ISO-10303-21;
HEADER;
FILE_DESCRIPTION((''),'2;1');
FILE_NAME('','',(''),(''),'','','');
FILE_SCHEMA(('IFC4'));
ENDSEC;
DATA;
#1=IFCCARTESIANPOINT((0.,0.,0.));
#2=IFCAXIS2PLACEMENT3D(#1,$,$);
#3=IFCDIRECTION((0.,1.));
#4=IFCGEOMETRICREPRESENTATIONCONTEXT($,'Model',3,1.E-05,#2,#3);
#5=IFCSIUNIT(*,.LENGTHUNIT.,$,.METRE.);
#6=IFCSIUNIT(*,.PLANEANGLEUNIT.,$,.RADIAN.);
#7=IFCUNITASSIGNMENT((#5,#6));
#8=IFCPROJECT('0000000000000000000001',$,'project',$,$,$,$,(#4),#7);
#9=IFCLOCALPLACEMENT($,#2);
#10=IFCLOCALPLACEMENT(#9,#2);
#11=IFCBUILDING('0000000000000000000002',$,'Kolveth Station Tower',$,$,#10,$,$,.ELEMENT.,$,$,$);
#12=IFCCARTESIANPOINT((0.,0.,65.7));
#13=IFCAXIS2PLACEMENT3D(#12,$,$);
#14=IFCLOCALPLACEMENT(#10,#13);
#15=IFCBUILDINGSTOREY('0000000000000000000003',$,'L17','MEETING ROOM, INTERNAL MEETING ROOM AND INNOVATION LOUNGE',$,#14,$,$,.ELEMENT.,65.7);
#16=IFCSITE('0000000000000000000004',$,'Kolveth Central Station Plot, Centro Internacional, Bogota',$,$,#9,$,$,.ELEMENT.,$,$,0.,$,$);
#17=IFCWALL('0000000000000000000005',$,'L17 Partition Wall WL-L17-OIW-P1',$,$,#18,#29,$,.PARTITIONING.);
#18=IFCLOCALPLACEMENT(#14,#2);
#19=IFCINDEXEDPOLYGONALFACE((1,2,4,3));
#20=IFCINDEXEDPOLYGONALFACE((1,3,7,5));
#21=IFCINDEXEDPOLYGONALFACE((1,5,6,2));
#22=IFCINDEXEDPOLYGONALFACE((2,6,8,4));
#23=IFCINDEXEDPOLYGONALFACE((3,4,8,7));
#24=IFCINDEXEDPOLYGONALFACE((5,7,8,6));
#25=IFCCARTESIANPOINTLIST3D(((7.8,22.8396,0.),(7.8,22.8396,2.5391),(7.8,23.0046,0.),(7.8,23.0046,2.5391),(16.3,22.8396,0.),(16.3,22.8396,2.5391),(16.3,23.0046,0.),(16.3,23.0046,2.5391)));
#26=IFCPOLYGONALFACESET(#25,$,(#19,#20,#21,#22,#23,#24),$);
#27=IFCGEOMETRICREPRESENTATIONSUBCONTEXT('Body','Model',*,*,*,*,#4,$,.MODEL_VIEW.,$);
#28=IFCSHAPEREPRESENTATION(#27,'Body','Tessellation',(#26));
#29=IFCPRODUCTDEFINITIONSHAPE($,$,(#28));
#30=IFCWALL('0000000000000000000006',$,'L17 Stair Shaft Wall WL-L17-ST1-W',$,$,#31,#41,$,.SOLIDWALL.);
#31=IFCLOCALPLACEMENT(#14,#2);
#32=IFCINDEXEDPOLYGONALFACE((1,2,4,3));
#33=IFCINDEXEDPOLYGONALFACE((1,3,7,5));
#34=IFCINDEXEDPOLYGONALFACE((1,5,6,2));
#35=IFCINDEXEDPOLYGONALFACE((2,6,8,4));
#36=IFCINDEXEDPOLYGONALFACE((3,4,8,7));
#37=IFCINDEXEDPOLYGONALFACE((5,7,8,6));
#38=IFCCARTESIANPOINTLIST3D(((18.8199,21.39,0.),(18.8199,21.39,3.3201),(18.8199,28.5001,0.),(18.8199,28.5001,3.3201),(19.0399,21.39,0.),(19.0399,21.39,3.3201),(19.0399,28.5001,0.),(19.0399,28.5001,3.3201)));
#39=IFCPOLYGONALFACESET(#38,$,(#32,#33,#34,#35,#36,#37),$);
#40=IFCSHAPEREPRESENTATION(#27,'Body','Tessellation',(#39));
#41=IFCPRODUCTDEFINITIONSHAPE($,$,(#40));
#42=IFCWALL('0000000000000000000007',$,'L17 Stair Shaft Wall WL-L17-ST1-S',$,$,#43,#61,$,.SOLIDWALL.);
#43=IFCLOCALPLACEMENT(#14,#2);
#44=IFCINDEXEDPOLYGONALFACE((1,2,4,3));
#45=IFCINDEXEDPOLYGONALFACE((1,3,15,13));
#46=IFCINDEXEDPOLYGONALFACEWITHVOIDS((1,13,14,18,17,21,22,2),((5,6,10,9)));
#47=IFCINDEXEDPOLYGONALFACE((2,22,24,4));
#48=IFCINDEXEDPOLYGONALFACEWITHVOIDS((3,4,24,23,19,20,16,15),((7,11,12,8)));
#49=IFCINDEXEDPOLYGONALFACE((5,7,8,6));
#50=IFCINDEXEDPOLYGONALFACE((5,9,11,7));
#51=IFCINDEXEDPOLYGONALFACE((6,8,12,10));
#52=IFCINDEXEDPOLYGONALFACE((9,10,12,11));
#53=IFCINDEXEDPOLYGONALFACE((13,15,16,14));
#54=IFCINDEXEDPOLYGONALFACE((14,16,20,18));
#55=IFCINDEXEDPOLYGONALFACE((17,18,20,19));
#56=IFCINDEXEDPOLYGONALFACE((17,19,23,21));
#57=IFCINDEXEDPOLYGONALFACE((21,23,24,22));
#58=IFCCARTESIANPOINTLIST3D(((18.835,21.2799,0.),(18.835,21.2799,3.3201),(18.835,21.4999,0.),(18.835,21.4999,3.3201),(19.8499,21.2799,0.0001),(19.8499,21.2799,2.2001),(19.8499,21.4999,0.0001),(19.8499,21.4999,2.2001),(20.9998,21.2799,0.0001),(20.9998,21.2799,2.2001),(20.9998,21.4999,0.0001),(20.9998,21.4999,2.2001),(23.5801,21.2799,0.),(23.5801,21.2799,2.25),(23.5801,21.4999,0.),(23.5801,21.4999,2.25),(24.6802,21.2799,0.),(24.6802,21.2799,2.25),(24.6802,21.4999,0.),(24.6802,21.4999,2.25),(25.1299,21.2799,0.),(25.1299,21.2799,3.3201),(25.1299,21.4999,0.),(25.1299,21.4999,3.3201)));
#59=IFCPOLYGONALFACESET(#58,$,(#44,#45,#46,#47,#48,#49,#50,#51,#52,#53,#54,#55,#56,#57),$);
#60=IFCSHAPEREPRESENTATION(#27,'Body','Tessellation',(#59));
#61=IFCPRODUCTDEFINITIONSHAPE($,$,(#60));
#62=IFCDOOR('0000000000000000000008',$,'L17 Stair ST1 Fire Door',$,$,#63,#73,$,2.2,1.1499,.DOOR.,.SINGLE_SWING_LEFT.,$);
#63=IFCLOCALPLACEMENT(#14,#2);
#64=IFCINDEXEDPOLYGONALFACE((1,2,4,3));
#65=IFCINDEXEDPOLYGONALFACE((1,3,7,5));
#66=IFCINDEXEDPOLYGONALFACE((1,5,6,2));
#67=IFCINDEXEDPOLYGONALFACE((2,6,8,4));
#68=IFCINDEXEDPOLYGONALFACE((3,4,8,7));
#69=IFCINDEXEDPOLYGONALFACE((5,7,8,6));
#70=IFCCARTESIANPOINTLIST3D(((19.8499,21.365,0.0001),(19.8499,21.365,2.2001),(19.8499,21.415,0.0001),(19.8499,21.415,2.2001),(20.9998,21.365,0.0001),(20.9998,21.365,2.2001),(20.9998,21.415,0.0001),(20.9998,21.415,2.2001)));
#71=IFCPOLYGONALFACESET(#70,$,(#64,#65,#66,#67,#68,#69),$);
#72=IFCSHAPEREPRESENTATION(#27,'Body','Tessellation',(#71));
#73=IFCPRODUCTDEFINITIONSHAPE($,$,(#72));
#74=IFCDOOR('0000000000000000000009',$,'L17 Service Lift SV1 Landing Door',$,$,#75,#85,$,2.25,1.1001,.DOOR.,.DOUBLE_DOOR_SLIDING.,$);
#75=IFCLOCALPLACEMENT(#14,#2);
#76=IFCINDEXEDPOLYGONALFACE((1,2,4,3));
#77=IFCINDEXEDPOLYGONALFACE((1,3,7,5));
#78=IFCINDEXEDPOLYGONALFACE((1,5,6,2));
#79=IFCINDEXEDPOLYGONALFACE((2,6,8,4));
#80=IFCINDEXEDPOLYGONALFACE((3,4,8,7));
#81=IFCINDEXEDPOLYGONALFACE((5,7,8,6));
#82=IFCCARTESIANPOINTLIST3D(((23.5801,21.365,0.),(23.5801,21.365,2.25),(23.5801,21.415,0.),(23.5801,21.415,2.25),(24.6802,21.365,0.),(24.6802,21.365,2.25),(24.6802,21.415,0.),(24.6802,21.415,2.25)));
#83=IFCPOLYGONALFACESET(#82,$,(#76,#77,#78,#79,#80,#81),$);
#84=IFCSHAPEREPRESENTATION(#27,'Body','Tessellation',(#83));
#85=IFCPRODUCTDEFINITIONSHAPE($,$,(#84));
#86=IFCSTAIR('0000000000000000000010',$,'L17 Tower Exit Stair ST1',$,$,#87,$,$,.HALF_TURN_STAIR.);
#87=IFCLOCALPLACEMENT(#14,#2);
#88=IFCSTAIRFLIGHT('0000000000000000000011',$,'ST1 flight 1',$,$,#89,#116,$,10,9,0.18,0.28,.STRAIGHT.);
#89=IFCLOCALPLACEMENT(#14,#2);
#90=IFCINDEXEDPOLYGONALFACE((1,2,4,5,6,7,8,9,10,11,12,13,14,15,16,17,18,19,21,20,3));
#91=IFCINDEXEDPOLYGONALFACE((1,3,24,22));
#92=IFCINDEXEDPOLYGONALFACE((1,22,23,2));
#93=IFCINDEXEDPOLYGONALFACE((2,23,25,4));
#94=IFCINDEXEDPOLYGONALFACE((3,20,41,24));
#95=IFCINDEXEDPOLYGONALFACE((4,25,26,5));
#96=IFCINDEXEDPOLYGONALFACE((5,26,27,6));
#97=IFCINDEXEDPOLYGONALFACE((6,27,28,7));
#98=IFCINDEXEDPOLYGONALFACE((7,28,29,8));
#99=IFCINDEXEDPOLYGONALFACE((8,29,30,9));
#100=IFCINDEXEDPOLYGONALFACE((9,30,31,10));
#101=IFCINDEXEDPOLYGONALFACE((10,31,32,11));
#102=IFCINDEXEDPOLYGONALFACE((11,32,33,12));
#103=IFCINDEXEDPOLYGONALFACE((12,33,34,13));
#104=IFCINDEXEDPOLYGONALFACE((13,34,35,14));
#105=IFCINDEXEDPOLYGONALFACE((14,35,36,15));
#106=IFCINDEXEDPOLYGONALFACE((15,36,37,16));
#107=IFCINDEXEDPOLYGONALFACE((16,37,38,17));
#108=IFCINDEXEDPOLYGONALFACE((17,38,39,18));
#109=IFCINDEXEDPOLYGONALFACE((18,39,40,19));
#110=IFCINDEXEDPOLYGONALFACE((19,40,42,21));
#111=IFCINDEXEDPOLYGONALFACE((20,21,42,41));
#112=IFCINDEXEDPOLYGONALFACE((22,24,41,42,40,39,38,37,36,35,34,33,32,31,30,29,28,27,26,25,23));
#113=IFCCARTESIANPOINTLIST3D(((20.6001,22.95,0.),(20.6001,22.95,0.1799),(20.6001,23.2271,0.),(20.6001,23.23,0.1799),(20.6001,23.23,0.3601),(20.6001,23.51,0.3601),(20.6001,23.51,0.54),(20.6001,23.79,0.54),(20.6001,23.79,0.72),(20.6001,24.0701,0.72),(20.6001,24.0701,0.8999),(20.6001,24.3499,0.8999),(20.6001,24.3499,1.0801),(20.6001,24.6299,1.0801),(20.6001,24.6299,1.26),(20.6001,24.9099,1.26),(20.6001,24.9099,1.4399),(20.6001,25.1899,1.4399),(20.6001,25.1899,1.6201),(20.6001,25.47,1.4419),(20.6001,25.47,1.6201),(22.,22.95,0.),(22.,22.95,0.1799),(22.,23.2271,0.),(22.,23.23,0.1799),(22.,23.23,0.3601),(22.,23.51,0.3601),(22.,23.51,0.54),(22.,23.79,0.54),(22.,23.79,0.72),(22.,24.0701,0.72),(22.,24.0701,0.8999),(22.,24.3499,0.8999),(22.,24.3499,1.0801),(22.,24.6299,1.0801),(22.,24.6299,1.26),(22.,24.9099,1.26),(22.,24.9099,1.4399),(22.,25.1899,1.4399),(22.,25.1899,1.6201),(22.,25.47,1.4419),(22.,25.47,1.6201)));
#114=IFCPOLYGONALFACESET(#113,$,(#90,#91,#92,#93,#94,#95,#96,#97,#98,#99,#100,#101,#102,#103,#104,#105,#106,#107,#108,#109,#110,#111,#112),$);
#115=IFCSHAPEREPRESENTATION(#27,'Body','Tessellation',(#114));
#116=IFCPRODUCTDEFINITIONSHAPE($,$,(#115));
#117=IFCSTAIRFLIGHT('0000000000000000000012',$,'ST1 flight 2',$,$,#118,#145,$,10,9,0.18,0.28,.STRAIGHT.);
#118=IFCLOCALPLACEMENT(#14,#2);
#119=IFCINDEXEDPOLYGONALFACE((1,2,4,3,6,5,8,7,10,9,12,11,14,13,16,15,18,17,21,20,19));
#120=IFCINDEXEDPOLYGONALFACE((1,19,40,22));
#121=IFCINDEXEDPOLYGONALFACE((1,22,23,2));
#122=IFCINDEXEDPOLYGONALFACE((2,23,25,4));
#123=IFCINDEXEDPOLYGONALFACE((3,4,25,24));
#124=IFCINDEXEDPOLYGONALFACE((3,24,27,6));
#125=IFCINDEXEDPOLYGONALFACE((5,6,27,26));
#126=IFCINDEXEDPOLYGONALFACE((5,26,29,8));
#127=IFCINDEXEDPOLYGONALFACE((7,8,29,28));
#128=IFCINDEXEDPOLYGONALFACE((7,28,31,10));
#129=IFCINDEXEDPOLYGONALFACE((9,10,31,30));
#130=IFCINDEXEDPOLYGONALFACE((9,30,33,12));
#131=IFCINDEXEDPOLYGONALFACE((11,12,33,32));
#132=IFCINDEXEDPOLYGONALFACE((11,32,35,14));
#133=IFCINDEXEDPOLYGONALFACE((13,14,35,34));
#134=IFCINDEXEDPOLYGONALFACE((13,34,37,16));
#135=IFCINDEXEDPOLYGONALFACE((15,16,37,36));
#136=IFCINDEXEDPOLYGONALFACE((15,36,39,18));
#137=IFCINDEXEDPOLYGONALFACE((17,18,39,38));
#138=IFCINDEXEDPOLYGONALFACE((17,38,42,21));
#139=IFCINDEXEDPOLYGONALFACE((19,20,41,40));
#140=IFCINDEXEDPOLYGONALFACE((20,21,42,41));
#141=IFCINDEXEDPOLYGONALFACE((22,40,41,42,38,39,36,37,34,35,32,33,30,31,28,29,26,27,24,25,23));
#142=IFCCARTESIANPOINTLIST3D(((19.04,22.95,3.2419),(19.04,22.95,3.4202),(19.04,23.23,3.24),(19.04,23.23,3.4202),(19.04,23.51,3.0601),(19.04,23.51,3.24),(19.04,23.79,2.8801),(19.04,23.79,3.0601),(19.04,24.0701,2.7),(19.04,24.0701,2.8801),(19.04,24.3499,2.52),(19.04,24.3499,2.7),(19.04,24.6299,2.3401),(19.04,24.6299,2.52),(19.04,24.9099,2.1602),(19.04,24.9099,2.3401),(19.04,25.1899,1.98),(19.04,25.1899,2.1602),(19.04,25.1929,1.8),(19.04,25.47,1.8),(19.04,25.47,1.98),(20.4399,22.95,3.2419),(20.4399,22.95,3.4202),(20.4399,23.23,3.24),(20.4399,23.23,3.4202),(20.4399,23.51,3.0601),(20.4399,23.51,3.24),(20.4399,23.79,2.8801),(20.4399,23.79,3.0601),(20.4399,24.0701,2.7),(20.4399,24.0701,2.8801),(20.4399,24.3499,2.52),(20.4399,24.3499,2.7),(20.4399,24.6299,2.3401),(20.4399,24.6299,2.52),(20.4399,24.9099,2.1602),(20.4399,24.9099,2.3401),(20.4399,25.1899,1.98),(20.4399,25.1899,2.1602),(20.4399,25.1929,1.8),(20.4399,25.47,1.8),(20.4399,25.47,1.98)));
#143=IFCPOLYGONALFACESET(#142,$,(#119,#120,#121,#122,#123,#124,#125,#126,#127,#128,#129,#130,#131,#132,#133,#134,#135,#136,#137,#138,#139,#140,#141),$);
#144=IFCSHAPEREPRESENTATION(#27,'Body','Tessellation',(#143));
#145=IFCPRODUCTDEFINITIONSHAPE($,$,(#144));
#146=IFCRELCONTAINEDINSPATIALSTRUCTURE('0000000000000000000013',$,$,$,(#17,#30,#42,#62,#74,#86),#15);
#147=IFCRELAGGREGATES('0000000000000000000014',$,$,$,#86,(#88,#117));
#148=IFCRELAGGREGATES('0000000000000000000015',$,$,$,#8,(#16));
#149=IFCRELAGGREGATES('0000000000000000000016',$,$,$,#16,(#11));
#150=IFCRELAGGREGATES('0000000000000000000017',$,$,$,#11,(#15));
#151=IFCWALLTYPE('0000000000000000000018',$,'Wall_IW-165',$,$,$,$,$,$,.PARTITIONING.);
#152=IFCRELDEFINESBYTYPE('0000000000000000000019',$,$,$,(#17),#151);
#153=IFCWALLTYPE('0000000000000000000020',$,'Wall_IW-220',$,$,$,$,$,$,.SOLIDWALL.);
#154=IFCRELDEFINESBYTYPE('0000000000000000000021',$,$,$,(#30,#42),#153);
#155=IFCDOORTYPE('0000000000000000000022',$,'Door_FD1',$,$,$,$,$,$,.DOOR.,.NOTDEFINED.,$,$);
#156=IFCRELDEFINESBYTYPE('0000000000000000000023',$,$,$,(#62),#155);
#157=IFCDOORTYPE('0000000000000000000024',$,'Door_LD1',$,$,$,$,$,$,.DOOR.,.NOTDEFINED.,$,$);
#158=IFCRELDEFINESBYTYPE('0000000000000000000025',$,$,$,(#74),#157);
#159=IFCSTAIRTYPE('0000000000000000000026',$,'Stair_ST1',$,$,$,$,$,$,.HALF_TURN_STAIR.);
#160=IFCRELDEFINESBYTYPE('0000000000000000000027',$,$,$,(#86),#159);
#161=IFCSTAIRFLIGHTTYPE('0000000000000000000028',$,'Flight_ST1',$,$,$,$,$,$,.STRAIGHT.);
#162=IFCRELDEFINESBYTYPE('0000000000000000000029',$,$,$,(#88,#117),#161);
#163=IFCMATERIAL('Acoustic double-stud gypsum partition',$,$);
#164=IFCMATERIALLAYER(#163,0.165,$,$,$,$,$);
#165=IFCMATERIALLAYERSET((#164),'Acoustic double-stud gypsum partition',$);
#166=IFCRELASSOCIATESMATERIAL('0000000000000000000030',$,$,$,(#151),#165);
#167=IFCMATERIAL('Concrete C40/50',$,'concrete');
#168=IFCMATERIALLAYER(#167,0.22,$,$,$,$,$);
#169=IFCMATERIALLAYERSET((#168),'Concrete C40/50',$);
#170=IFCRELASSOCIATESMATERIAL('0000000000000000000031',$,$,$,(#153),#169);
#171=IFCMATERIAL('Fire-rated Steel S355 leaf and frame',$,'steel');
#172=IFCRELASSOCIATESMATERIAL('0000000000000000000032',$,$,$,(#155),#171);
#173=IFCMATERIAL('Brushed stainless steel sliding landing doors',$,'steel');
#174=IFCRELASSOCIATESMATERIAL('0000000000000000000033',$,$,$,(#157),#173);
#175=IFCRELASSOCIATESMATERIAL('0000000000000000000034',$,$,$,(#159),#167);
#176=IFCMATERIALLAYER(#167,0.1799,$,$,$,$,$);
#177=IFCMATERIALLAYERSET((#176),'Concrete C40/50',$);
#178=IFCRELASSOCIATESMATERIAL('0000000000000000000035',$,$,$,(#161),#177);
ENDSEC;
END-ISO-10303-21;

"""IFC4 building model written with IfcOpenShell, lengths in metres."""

from ifc_helpers import new_model, si_unit, direction, frame, frame_2d, origin, place, context, subcontext, project, spatial, polyline, rectangle, outline, extrude, material, layer, layer_set, type_object, element, fill, aggregate, save


model = new_model("IFC4")

# Units and contexts
model_context = context("Model", 3, precision=1e-05, world=origin(), true_north=direction((0.0, 1.0)))
body_context = subcontext(model_context, "Body", "Model", "MODEL_VIEW")
ifc_project = project(units=[si_unit("LENGTHUNIT", "METRE"), si_unit("PLANEANGLEUNIT", "RADIAN")], contexts=[model_context])

# Site, building, storey
site_placement = place(None, origin())
site = spatial("IfcSite", under=ifc_project, at=site_placement, Name="Kolveth Central Station Plot, Centro Internacional, Bogota", CompositionType="ELEMENT", RefElevation=0.0)
building_placement = place(site_placement, origin())
building = spatial("IfcBuilding", under=site, at=building_placement, Name="Kolveth Station Tower", CompositionType="ELEMENT")
storey_placement = place(building_placement, frame((0.0, 0.0, 65.7)))
storey = spatial("IfcBuildingStorey", under=building, at=storey_placement, Name="L17", Description="MEETING ROOM, INTERNAL MEETING ROOM AND INNOVATION LOUNGE", CompositionType="ELEMENT", Elevation=65.7)

# Walls
ifc_material_1 = material(Name="Acoustic double-stud gypsum partition")
ifc_layer_1 = layer(ifc_material_1, 0.165)
ifc_layer_set_1 = layer_set([ifc_layer_1], Name="Acoustic double-stud gypsum partition")
wall_type_1 = type_object("IfcWallType", Name="Wall_IW-165", PredefinedType="PARTITIONING", material=ifc_layer_set_1)
wall_1_placement = place(storey_placement, frame((7.8, 22.9221, 0.0), z_axis=(0.0, 0.0, 1.0), x_axis=(1.0, 0.0, 0.0)))
element("IfcWall", 1, at=wall_1_placement, inside=storey, type_object=wall_type_1, Name="L17 Partition Wall WL-L17-OIW-P1", PredefinedType="PARTITIONING", context=body_context, shape_type="SweptSolid", body=[
    extrude(rectangle(XDim=8.5, YDim=0.165, at=frame_2d((4.25, 0.0))), origin(), (0.0, 0.0, 1.0), 2.5391),
])
ifc_material_2 = material(Name="Concrete C40/50", Category="concrete")
ifc_layer_2 = layer(ifc_material_2, 0.22)
ifc_layer_set_2 = layer_set([ifc_layer_2], Name="Concrete C40/50")
wall_type_2 = type_object("IfcWallType", Name="Wall_IW-220", PredefinedType="SOLIDWALL", material=ifc_layer_set_2)
wall_2_placement = place(storey_placement, frame((18.9299, 21.3899, 0.0), z_axis=(0.0, 0.0, 1.0), x_axis=(0.0, 1.0, 0.0)))
element("IfcWall", 2, at=wall_2_placement, inside=storey, type_object=wall_type_2, Name="L17 Stair Shaft Wall WL-L17-ST1-W", PredefinedType="SOLIDWALL", context=body_context, shape_type="SweptSolid", body=[
    extrude(rectangle(XDim=7.1101, YDim=0.22, at=frame_2d((3.5552, 0.0))), origin(), (0.0, 0.0, 1.0), 3.3201),
])

# Wall, openings, doors
wall_3_placement = place(storey_placement, frame((18.835, 21.3899, 0.0), z_axis=(0.0, 0.0, 1.0), x_axis=(1.0, 0.0, 0.0)))
wall_3 = element("IfcWall", 3, at=wall_3_placement, inside=storey, type_object=wall_type_2, Name="L17 Stair Shaft Wall WL-L17-ST1-S", PredefinedType="SOLIDWALL", context=body_context, shape_type="SweptSolid", body=[
    extrude(rectangle(XDim=6.2949, YDim=0.22, at=frame_2d((3.1475, 0.0))), origin(), (0.0, 0.0, 1.0), 3.3201),
])
opening_1_placement = place(wall_3_placement, frame((1.0149, 0.0, 0.0)))
opening_1 = element("IfcOpeningElement", 4, at=opening_1_placement, cuts=wall_3, PredefinedType="OPENING", context=body_context, shape_type="SweptSolid", body=[
    extrude(rectangle(XDim=1.1499, YDim=2.2, at=frame_2d((0.575, 1.1001))), frame((0.0, 0.1199, 0.0), z_axis=(0.0, -1.0, 0.0), x_axis=(1.0, 0.0, 0.0)), (0.0, 0.0, 1.0), 0.24),
])
opening_2_placement = place(wall_3_placement, frame((4.7451, 0.0, 0.0)))
opening_2 = element("IfcOpeningElement", 5, at=opening_2_placement, cuts=wall_3, PredefinedType="OPENING", context=body_context, shape_type="SweptSolid", body=[
    extrude(rectangle(XDim=1.1001, YDim=2.25, at=frame_2d((0.55, 1.125))), frame((0.0, 0.1199, 0.0), z_axis=(0.0, -1.0, 0.0), x_axis=(1.0, 0.0, 0.0)), (0.0, 0.0, 1.0), 0.24),
])
ifc_material_3 = material(Name="Fire-rated Steel S355 leaf and frame", Category="steel")
door_type_1 = type_object("IfcDoorType", Name="Door_FD1", OperationType="NOTDEFINED", PredefinedType="DOOR", material=ifc_material_3)
door_1_placement = place(opening_1_placement, frame((1.1499, 0.0, 0.0), z_axis=(0.0, 0.0, 1.0), x_axis=(-1.0, 0.0, 0.0)))
door_1 = element("IfcDoor", 6, at=door_1_placement, inside=storey, type_object=door_type_1, Name="L17 Stair ST1 Fire Door", OperationType="SINGLE_SWING_LEFT", OverallHeight=2.2, OverallWidth=1.1499, PredefinedType="DOOR", context=body_context, shape_type="SweptSolid", body=[
    extrude(rectangle(XDim=1.1499, YDim=2.2, at=frame_2d((0.575, 1.1001))), frame((0.0, 0.0249, 0.0), z_axis=(0.0, -1.0, 0.0), x_axis=(1.0, 0.0, 0.0)), (0.0, 0.0, 1.0), 0.05),
])
fill(opening_1, door_1)
ifc_material_4 = material(Name="Brushed stainless steel sliding landing doors", Category="steel")
door_type_2 = type_object("IfcDoorType", Name="Door_LD1", OperationType="NOTDEFINED", PredefinedType="DOOR", material=ifc_material_4)
door_2_placement = place(opening_2_placement, frame((1.1001, 0.0, 0.0), z_axis=(0.0, 0.0, 1.0), x_axis=(-1.0, 0.0, 0.0)))
door_2 = element("IfcDoor", 7, at=door_2_placement, inside=storey, type_object=door_type_2, Name="L17 Service Lift SV1 Landing Door", OperationType="DOUBLE_DOOR_SLIDING", OverallHeight=2.25, OverallWidth=1.1001, PredefinedType="DOOR", context=body_context, shape_type="SweptSolid", body=[
    extrude(rectangle(XDim=1.1001, YDim=2.25, at=frame_2d((0.55, 1.125))), frame((0.0, 0.0249, 0.0), z_axis=(0.0, -1.0, 0.0), x_axis=(1.0, 0.0, 0.0)), (0.0, 0.0, 1.0), 0.05),
])
fill(opening_2, door_2)

# Stair, stair flights
stair_type = type_object("IfcStairType", Name="Stair_ST1", PredefinedType="HALF_TURN_STAIR", material=ifc_material_2)
stair_placement = place(storey_placement, origin())
stair = element("IfcStair", 8, at=stair_placement, inside=storey, type_object=stair_type, Name="L17 Tower Exit Stair ST1", PredefinedType="HALF_TURN_STAIR")
ifc_layer_3 = layer(ifc_material_2, 0.1799)
ifc_layer_set_3 = layer_set([ifc_layer_3], Name="Concrete C40/50")
stair_flight_type = type_object("IfcStairFlightType", Name="Flight_ST1", PredefinedType="STRAIGHT", material=ifc_layer_set_3)
stair_flight_1_placement = place(storey_placement, frame((21.3, 22.95, 0.0), z_axis=(0.0, 0.0, 1.0), x_axis=(0.0, 1.0, 0.0)))
stair_flight_1 = element("IfcStairFlight", 9, at=stair_flight_1_placement, type_object=stair_flight_type, Name="ST1 flight 1", NumberOfRisers=10, NumberOfTreads=9, PredefinedType="STRAIGHT", RiserHeight=0.18, TreadLength=0.28, context=body_context, shape_type="SweptSolid", body=[
    extrude(outline(polyline([(0.0, 0.0), (0.0, 0.1799), (0.28, 0.1799), (0.28, 0.3601), (0.5601, 0.3601), (0.5601, 0.54), (0.8401, 0.54), (0.8401, 0.72), (1.1201, 0.72), (1.1201, 0.8999), (1.3999, 0.8999), (1.3999, 1.0801), (1.6799, 1.0801), (1.6799, 1.26), (1.96, 1.26), (1.96, 1.4399), (2.24, 1.4399), (2.24, 1.6201), (2.52, 1.6201), (2.52, 1.8), (2.52, 1.4419), (0.2771, 0.0), (0.0, 0.0)])), frame((0.0, 0.7, 0.0), z_axis=(0.0, -1.0, 0.0), x_axis=(1.0, 0.0, 0.0)), (0.0, 0.0, 1.0), 1.3999),
])
stair_flight_2_placement = place(storey_placement, frame((19.74, 25.47, 1.8), z_axis=(0.0, 0.0, 1.0), x_axis=(0.0, -1.0, 0.0)))
stair_flight_2 = element("IfcStairFlight", 10, at=stair_flight_2_placement, type_object=stair_flight_type, Name="ST1 flight 2", NumberOfRisers=10, NumberOfTreads=9, PredefinedType="STRAIGHT", RiserHeight=0.18, TreadLength=0.28, context=body_context, shape_type="SweptSolid", body=[
    extrude(outline(polyline([(0.0, 0.0), (0.0, 0.1799), (0.28, 0.1799), (0.28, 0.3601), (0.5601, 0.3601), (0.5601, 0.54), (0.8401, 0.54), (0.8401, 0.72), (1.1201, 0.72), (1.1201, 0.8999), (1.3999, 0.8999), (1.3999, 1.0801), (1.6799, 1.0801), (1.6799, 1.26), (1.96, 1.26), (1.96, 1.4399), (2.24, 1.4399), (2.24, 1.6201), (2.52, 1.6201), (2.52, 1.8), (2.52, 1.4419), (0.2771, 0.0), (0.0, 0.0)])), frame((0.0, 0.7, 0.0), z_axis=(0.0, -1.0, 0.0), x_axis=(1.0, 0.0, 0.0)), (0.0, 0.0, 1.0), 1.3999),
])
aggregate(stair, [stair_flight_1, stair_flight_2])

save(model, "model.ifc")
